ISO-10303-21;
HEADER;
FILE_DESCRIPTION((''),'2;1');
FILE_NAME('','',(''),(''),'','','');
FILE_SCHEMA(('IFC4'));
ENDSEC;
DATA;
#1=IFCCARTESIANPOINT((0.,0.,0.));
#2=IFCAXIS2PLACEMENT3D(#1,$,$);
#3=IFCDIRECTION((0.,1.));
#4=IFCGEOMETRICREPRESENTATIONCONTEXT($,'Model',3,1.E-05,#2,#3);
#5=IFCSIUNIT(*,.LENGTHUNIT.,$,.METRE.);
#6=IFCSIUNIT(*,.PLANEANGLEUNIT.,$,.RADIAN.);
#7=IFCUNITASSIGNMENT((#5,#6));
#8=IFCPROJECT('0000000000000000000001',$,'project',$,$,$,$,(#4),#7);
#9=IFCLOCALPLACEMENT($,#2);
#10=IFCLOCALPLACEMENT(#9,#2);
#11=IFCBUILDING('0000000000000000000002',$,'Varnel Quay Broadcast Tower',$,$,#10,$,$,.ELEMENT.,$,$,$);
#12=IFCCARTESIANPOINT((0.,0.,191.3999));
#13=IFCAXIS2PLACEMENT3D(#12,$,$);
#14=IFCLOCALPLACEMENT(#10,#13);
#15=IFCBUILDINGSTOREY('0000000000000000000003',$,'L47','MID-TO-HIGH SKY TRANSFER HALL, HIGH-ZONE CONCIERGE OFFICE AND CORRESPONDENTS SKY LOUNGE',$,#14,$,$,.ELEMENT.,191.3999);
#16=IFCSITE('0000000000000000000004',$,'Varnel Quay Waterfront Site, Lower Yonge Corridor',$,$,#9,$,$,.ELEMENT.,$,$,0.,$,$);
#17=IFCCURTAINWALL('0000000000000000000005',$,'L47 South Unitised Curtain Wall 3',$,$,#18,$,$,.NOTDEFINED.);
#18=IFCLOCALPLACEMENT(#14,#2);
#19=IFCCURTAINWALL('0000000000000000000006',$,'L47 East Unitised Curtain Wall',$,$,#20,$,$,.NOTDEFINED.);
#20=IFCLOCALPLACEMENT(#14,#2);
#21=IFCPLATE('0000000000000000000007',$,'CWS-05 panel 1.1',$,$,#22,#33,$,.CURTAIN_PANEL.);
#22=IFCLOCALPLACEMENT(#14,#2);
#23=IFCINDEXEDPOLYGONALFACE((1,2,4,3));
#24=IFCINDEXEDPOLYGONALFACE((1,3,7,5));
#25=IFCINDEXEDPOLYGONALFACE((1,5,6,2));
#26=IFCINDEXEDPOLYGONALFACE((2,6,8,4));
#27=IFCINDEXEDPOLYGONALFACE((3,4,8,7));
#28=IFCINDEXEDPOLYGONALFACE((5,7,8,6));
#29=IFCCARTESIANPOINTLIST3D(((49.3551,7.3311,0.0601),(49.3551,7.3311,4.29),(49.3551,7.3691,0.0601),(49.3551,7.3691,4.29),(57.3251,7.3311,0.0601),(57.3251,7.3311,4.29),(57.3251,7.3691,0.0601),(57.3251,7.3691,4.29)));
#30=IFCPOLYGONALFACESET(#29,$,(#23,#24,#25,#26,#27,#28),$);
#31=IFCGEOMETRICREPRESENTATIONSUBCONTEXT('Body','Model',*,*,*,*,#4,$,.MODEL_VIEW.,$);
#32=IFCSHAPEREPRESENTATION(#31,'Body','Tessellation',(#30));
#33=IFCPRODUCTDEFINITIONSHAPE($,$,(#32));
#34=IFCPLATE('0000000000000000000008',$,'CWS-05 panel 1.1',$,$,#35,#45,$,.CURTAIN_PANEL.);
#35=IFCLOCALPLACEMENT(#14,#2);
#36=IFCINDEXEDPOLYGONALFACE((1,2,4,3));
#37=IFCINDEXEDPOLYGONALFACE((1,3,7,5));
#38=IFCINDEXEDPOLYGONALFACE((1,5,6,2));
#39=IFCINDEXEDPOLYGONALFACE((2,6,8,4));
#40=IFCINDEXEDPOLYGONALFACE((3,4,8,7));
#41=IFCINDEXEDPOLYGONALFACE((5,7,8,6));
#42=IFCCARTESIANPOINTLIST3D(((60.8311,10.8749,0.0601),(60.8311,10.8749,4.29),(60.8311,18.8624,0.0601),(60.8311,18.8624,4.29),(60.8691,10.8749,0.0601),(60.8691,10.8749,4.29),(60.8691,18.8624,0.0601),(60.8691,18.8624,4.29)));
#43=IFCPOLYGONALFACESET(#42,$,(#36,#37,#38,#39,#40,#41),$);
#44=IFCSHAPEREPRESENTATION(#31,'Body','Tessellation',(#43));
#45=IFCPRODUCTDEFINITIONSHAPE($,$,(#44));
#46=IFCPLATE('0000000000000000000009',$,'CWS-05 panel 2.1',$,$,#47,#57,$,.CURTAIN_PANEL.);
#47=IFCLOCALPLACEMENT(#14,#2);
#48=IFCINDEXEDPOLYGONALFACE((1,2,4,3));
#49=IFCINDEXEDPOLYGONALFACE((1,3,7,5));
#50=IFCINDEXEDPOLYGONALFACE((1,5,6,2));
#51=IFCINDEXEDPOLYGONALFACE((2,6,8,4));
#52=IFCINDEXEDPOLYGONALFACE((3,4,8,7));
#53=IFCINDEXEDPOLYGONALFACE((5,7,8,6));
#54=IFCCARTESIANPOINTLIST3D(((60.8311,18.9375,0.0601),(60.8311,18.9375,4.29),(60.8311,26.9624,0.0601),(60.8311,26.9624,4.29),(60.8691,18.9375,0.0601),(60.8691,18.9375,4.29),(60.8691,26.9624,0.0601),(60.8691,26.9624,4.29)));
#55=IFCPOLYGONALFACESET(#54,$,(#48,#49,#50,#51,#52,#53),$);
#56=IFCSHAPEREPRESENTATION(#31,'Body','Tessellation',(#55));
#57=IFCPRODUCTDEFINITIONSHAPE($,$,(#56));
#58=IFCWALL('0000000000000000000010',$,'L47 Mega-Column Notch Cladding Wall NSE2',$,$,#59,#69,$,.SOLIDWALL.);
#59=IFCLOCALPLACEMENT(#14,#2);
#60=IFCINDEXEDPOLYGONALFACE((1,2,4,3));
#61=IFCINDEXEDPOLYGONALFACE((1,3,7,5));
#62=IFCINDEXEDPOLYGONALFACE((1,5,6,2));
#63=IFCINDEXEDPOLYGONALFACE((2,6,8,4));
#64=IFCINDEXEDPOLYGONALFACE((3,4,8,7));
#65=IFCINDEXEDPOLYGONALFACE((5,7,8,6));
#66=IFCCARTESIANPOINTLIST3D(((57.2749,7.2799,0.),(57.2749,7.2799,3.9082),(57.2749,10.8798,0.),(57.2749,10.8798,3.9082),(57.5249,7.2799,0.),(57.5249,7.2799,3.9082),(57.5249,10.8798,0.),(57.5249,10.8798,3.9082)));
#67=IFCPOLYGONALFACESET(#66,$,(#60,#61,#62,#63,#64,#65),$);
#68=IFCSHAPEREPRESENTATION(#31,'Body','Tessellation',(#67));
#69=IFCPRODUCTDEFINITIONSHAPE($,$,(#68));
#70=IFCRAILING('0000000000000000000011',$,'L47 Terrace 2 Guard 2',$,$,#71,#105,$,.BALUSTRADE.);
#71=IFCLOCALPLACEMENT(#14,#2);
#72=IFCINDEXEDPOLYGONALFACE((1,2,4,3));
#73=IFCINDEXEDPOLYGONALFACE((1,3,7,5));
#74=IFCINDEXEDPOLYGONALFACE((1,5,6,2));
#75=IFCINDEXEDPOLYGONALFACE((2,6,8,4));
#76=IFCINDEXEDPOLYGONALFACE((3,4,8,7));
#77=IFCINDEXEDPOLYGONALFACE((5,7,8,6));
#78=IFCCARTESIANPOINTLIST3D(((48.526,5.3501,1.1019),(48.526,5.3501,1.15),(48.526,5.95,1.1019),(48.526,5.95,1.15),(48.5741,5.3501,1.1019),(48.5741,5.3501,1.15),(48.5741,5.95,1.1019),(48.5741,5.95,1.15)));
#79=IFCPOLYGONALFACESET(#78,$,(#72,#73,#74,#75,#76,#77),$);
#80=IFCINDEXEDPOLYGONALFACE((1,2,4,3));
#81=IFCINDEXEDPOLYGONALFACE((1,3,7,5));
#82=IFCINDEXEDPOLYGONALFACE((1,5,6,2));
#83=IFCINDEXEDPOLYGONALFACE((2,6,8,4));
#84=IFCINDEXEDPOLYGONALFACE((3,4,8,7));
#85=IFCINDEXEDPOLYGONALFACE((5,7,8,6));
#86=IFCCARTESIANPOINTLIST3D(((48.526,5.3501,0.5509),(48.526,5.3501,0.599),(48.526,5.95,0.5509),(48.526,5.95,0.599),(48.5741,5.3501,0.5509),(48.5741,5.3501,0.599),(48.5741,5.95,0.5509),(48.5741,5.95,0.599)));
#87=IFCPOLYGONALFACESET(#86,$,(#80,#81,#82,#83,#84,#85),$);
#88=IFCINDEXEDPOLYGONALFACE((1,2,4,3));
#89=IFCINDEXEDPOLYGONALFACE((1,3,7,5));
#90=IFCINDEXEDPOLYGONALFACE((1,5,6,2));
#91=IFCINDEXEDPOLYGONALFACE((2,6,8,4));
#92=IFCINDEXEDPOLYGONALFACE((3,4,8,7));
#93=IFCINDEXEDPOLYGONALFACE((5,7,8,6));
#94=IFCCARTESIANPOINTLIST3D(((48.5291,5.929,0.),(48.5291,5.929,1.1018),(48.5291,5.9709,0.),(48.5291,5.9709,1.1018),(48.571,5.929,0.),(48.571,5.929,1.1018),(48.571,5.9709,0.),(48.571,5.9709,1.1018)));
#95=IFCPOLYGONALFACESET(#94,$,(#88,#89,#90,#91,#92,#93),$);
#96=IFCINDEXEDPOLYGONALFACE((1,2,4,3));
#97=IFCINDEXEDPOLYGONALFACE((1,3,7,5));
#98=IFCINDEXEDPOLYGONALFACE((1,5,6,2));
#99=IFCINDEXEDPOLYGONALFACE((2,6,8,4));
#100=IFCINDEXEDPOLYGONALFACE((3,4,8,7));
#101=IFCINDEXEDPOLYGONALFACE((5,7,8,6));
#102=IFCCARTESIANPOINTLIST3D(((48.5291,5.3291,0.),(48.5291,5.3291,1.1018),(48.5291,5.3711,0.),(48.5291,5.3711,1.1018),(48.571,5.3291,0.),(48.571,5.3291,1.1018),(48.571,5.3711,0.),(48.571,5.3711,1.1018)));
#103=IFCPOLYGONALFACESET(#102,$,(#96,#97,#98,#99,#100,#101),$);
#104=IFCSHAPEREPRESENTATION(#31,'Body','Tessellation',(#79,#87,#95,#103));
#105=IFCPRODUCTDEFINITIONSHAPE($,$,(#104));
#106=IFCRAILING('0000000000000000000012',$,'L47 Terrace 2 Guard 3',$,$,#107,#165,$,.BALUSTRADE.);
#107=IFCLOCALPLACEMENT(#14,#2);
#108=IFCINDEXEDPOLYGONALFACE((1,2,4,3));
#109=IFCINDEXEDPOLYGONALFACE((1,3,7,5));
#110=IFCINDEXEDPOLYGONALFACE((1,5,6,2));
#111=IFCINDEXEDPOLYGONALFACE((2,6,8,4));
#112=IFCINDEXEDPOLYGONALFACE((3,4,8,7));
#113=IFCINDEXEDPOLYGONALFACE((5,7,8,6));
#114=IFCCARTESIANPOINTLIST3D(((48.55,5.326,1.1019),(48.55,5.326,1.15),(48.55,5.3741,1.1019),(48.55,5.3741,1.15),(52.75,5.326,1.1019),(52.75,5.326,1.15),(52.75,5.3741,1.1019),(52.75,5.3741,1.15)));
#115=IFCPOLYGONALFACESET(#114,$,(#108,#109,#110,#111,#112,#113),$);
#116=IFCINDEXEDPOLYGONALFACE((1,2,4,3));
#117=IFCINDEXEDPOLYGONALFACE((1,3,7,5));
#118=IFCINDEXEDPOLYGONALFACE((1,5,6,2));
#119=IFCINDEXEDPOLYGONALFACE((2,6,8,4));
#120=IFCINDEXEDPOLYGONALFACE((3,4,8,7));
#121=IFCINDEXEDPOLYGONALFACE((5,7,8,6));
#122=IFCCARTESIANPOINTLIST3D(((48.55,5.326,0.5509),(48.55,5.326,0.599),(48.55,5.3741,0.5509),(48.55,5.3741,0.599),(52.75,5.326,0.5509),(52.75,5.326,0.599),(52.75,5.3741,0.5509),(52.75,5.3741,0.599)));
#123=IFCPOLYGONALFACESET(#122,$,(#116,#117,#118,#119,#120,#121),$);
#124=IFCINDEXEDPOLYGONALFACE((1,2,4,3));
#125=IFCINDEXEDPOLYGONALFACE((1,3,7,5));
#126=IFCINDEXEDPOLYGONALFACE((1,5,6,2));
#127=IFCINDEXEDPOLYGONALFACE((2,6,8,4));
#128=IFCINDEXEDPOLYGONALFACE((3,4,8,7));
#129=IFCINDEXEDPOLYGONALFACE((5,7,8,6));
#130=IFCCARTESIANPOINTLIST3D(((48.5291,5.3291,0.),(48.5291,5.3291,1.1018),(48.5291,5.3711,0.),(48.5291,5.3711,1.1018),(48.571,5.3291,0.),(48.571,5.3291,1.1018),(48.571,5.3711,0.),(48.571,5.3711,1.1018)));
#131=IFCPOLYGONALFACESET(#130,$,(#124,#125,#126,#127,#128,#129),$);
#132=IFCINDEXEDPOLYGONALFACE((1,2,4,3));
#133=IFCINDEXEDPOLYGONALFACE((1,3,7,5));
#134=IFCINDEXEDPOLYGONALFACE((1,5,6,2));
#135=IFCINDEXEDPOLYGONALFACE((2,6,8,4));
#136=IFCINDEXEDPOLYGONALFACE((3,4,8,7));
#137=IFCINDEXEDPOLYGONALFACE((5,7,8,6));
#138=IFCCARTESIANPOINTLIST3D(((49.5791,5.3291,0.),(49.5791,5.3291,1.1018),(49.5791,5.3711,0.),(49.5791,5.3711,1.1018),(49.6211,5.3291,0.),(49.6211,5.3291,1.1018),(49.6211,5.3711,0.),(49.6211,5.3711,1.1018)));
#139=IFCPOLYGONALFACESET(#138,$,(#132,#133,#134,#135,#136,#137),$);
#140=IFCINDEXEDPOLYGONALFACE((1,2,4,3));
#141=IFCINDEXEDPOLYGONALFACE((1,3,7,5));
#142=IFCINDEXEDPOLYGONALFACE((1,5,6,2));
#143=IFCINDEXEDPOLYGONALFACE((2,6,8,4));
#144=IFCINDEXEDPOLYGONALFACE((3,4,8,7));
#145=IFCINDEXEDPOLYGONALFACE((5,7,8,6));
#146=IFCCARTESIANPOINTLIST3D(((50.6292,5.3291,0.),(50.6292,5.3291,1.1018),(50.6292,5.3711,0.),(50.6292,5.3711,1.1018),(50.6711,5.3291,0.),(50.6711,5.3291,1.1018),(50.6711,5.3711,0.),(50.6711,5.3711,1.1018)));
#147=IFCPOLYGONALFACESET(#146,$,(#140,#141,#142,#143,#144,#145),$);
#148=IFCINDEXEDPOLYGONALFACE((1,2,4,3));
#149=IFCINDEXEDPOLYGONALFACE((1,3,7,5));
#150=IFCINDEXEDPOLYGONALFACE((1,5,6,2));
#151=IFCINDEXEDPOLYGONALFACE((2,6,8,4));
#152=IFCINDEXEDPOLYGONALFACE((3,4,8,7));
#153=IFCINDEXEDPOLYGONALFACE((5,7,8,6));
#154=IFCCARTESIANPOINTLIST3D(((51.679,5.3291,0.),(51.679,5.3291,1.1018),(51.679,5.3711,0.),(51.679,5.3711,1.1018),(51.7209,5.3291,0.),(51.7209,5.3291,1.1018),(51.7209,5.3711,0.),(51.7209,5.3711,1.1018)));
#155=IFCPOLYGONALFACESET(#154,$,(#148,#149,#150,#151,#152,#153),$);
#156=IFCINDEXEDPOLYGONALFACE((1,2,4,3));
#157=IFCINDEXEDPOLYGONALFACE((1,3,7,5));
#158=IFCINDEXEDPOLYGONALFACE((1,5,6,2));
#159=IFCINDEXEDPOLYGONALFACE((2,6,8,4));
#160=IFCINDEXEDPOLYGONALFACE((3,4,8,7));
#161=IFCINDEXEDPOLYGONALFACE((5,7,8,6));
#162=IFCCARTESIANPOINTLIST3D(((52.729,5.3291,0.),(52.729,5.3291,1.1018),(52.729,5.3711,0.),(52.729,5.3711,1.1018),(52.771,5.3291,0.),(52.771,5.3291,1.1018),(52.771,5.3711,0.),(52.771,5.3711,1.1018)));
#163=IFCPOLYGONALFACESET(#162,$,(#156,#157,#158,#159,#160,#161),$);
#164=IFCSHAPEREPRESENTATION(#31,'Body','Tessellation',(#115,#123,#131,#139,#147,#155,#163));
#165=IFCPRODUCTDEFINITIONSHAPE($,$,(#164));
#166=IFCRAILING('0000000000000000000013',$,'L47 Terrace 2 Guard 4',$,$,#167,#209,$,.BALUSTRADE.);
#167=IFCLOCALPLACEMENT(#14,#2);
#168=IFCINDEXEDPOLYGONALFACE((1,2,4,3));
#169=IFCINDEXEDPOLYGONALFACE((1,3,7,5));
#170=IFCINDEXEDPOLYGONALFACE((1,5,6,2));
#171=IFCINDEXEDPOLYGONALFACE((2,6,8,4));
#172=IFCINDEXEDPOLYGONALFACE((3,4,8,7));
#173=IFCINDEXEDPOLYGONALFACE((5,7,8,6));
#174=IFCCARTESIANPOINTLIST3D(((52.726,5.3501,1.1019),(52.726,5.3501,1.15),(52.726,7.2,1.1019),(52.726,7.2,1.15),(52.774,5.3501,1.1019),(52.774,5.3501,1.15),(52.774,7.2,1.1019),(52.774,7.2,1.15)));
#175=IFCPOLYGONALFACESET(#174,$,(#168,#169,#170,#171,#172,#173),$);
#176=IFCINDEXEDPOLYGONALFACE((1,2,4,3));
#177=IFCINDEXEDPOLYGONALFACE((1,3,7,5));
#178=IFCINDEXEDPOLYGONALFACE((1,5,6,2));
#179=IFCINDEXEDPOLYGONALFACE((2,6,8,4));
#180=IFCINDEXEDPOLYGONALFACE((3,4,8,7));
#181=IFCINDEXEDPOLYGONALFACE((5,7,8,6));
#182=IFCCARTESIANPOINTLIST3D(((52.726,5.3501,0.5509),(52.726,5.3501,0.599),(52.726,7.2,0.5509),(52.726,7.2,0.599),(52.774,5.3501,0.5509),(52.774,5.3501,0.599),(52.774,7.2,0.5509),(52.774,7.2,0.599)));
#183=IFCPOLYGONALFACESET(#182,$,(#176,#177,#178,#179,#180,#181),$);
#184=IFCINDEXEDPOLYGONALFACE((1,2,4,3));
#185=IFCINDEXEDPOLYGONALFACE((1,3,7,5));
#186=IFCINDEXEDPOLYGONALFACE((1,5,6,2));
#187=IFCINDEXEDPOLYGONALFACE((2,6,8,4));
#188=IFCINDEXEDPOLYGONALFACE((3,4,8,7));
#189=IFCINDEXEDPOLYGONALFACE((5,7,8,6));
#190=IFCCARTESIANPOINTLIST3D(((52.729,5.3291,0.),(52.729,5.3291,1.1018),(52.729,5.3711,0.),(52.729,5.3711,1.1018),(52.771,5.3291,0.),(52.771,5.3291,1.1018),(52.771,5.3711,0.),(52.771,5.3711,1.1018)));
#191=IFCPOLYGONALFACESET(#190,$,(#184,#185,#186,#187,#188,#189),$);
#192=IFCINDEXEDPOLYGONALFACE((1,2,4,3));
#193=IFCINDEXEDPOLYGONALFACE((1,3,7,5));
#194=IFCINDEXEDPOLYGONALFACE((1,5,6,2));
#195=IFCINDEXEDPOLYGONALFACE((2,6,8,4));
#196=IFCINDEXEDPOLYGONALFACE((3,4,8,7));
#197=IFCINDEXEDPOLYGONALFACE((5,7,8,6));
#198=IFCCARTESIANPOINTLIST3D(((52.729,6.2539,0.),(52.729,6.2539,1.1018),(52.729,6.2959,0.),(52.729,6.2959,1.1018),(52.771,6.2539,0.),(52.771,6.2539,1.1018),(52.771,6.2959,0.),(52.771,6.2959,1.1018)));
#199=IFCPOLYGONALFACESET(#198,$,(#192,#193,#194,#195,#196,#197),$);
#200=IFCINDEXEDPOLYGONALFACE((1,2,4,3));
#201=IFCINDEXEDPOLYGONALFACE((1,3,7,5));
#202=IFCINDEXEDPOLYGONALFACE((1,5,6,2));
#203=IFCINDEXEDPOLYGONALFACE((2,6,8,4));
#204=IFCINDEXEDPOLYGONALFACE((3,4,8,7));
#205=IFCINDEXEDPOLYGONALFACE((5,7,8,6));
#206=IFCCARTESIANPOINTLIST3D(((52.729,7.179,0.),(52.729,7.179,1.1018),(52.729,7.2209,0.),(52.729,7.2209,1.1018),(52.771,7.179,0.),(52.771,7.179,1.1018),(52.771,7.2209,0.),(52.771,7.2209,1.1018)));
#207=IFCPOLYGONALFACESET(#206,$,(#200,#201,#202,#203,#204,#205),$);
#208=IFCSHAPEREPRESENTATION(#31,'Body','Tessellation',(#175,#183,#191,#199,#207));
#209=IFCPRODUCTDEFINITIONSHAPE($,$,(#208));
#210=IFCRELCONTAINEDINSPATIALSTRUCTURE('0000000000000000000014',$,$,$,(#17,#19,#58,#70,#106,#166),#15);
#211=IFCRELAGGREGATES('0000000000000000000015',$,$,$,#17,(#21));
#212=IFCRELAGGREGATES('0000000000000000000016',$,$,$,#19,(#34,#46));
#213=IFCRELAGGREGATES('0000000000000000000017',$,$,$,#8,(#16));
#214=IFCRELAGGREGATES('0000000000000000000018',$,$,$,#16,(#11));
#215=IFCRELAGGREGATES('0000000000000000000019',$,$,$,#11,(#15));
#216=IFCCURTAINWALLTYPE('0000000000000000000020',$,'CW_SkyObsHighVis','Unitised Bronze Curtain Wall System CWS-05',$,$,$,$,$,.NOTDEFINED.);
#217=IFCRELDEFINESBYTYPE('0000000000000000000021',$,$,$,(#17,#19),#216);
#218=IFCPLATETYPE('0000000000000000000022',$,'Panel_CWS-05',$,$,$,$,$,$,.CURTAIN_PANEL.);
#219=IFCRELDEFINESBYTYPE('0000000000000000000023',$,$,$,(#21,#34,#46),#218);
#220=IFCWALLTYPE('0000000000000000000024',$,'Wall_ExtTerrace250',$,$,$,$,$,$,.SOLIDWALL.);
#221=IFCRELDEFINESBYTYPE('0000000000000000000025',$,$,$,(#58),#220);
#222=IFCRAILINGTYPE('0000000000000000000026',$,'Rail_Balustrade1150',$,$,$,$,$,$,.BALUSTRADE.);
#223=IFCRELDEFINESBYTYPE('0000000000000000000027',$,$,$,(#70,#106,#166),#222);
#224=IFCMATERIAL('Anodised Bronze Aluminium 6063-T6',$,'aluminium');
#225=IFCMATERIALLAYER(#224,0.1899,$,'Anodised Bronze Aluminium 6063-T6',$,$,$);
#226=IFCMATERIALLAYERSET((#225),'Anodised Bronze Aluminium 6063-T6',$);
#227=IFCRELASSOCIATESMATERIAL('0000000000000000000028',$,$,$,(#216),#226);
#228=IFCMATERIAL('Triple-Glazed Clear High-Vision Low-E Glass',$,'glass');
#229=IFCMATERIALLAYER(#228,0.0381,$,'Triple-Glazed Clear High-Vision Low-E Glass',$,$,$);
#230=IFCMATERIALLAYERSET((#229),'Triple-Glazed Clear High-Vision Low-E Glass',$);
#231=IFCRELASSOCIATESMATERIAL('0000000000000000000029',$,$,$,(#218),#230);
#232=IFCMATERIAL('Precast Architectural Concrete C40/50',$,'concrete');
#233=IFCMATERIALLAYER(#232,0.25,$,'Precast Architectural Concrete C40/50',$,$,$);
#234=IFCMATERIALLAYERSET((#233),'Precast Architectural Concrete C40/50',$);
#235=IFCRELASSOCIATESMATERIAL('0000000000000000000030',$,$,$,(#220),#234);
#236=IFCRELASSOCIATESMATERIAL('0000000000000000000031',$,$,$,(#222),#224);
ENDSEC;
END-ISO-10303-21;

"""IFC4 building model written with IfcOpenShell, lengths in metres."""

from ifc_helpers import new_model, si_unit, direction, frame, frame_2d, origin, origin_2d, place, context, subcontext, project, spatial, rectangle, extrude, source, transform, mapped, material, layer, layer_set, type_object, type_shapes, element, aggregate, save


model = new_model("IFC4")

# Units and contexts
model_context = context("Model", 3, precision=1e-05, world=origin(), true_north=direction((0.0, 1.0)))
body_context = subcontext(model_context, "Body", "Model", "MODEL_VIEW")
ifc_project = project(units=[si_unit("LENGTHUNIT", "METRE"), si_unit("PLANEANGLEUNIT", "RADIAN")], contexts=[model_context])

# Site, building, storey
site_placement = place(None, origin())
site = spatial("IfcSite", under=ifc_project, at=site_placement, Name="Varnel Quay Waterfront Site, Lower Yonge Corridor", CompositionType="ELEMENT", RefElevation=0.0)
building_placement = place(site_placement, origin())
building = spatial("IfcBuilding", under=site, at=building_placement, Name="Varnel Quay Broadcast Tower", CompositionType="ELEMENT")
storey_placement = place(building_placement, frame((0.0, 0.0, 191.3999)))
storey = spatial("IfcBuildingStorey", under=building, at=storey_placement, Name="L47", Description="MID-TO-HIGH SKY TRANSFER HALL, HIGH-ZONE CONCIERGE OFFICE AND CORRESPONDENTS SKY LOUNGE", CompositionType="ELEMENT", Elevation=191.3999)

# Curtain walls
ifc_material_1 = material(Name="Anodised Bronze Aluminium 6063-T6", Category="aluminium")
ifc_layer_1 = layer(ifc_material_1, 0.1899, Name="Anodised Bronze Aluminium 6063-T6")
ifc_layer_set_1 = layer_set([ifc_layer_1], Name="Anodised Bronze Aluminium 6063-T6")
curtain_wall_type_1 = type_object("IfcCurtainWallType", Name="CW_SkyObsHighVis", Description="Unitised Bronze Curtain Wall System CWS-05", PredefinedType="NOTDEFINED", material=ifc_layer_set_1)
curtain_wall_1_placement = place(storey_placement, origin())
curtain_wall_1 = element("IfcCurtainWall", 1, at=curtain_wall_1_placement, inside=storey, type_object=curtain_wall_type_1, Name="L47 South Unitised Curtain Wall 3", PredefinedType="NOTDEFINED")
curtain_wall_2_placement = place(storey_placement, origin())
curtain_wall_2 = element("IfcCurtainWall", 2, at=curtain_wall_2_placement, inside=storey, type_object=curtain_wall_type_1, Name="L47 East Unitised Curtain Wall", PredefinedType="NOTDEFINED")

# Plates
ifc_material_2 = material(Name="Triple-Glazed Clear High-Vision Low-E Glass", Category="glass")
ifc_layer_2 = layer(ifc_material_2, 0.0381, Name="Triple-Glazed Clear High-Vision Low-E Glass")
ifc_layer_set_2 = layer_set([ifc_layer_2], Name="Triple-Glazed Clear High-Vision Low-E Glass")
plate_type_1 = type_object("IfcPlateType", Name="Panel_CWS-05", PredefinedType="CURTAIN_PANEL", material=ifc_layer_set_2)
shared_shape_1 = source(origin(), body_context, "Body", "SweptSolid", [
    extrude(rectangle(XDim=7.97, YDim=0.0381, at=origin_2d()), origin(), (0.0, 0.0, 1.0), 4.23),
])
plate_1_placement = place(storey_placement, frame((53.3401, 7.3501, 0.0601), z_axis=(0.0, 0.0, 1.0), x_axis=(1.0, 0.0, 0.0)))
plate_1 = element("IfcPlate", 3, at=plate_1_placement, type_object=plate_type_1, Name="CWS-05 panel 1.1", PredefinedType="CURTAIN_PANEL", context=body_context, shape_type="MappedRepresentation", body=[
    mapped(shared_shape_1, transform((0.0, 0.0, 0.0), x_axis=(1.0, 0.0, 0.0), y_axis=(0.0, 1.0, 0.0), z_axis=(0.0, 0.0, 1.0), scale=1.0)),
])
aggregate(curtain_wall_1, [plate_1])
shared_shape_2 = source(origin(), body_context, "Body", "SweptSolid", [
    extrude(rectangle(XDim=7.9875, YDim=0.0381, at=origin_2d()), origin(), (0.0, 0.0, 1.0), 4.23),
])
plate_2_placement = place(storey_placement, frame((60.8501, 14.8687, 0.0601), z_axis=(0.0, 0.0, 1.0), x_axis=(0.0, 1.0, 0.0)))
plate_2 = element("IfcPlate", 4, at=plate_2_placement, type_object=plate_type_1, Name="CWS-05 panel 1.1", PredefinedType="CURTAIN_PANEL", context=body_context, shape_type="MappedRepresentation", body=[
    mapped(shared_shape_2, transform((0.0, 0.0, 0.0), x_axis=(1.0, 0.0, 0.0), y_axis=(0.0, 1.0, 0.0), z_axis=(0.0, 0.0, 1.0), scale=1.0)),
])
shared_shape_3 = source(origin(), body_context, "Body", "SweptSolid", [
    extrude(rectangle(XDim=8.0249, YDim=0.0381, at=origin_2d()), origin(), (0.0, 0.0, 1.0), 4.23),
])
type_shapes(plate_type_1, [shared_shape_1, shared_shape_2, shared_shape_3])
plate_3_placement = place(storey_placement, frame((60.8501, 22.95, 0.0601), z_axis=(0.0, 0.0, 1.0), x_axis=(0.0, 1.0, 0.0)))
plate_3 = element("IfcPlate", 5, at=plate_3_placement, type_object=plate_type_1, Name="CWS-05 panel 2.1", PredefinedType="CURTAIN_PANEL", context=body_context, shape_type="MappedRepresentation", body=[
    mapped(shared_shape_3, transform((0.0, 0.0, 0.0), x_axis=(1.0, 0.0, 0.0), y_axis=(0.0, 1.0, 0.0), z_axis=(0.0, 0.0, 1.0), scale=1.0)),
])
aggregate(curtain_wall_2, [plate_2, plate_3])

# Wall
ifc_material_3 = material(Name="Precast Architectural Concrete C40/50", Category="concrete")
ifc_layer_3 = layer(ifc_material_3, 0.25, Name="Precast Architectural Concrete C40/50")
ifc_layer_set_3 = layer_set([ifc_layer_3], Name="Precast Architectural Concrete C40/50")
wall_type = type_object("IfcWallType", Name="Wall_ExtTerrace250", PredefinedType="SOLIDWALL", material=ifc_layer_set_3)
wall_placement = place(storey_placement, frame((57.3999, 7.28, 0.0), z_axis=(0.0, 0.0, 1.0), x_axis=(0.0, 1.0, 0.0)))
element("IfcWall", 6, at=wall_placement, inside=storey, type_object=wall_type, Name="L47 Mega-Column Notch Cladding Wall NSE2", PredefinedType="SOLIDWALL", context=body_context, shape_type="SweptSolid", body=[
    extrude(rectangle(XDim=3.5999, YDim=0.25, at=frame_2d((1.7998, 0.0))), origin(), (0.0, 0.0, 1.0), 3.9082),
])

# Railings
railing_type = type_object("IfcRailingType", Name="Rail_Balustrade1150", PredefinedType="BALUSTRADE", material=ifc_material_1)
railing_1_placement = place(storey_placement, frame((48.55, 5.95, 0.0)))
element("IfcRailing", 7, at=railing_1_placement, inside=storey, type_object=railing_type, Name="L47 Terrace 2 Guard 2", PredefinedType="BALUSTRADE", context=body_context, shape_type="SweptSolid", body=[
    extrude(rectangle(XDim=0.0481, YDim=0.0481, at=origin_2d()), frame((0.0, 0.0, 1.126), z_axis=(0.0, -1.0, 0.0), x_axis=(1.0, 0.0, 0.0)), (0.0, 0.0, 1.0), 0.5999),
    extrude(rectangle(XDim=0.0481, YDim=0.0481, at=origin_2d()), frame((0.0, 0.0, 0.575), z_axis=(0.0, -1.0, 0.0), x_axis=(1.0, 0.0, 0.0)), (0.0, 0.0, 1.0), 0.5999),
    extrude(rectangle(XDim=0.042, YDim=0.042, at=origin_2d()), origin(), (0.0, 0.0, 1.0), 1.1018),
    extrude(rectangle(XDim=0.042, YDim=0.042, at=origin_2d()), frame((0.0, -0.5999, 0.0)), (0.0, 0.0, 1.0), 1.1018),
])
railing_2_placement = place(storey_placement, frame((48.55, 5.3501, 0.0)))
element("IfcRailing", 8, at=railing_2_placement, inside=storey, type_object=railing_type, Name="L47 Terrace 2 Guard 3", PredefinedType="BALUSTRADE", context=body_context, shape_type="SweptSolid", body=[
    extrude(rectangle(XDim=0.0481, YDim=0.0481, at=origin_2d()), frame((0.0, 0.0, 1.126), z_axis=(1.0, 0.0, 0.0), x_axis=(0.0, 1.0, 0.0)), (0.0, 0.0, 1.0), 4.2),
    extrude(rectangle(XDim=0.0481, YDim=0.0481, at=origin_2d()), frame((0.0, 0.0, 0.575), z_axis=(1.0, 0.0, 0.0), x_axis=(0.0, 1.0, 0.0)), (0.0, 0.0, 1.0), 4.2),
    extrude(rectangle(XDim=0.042, YDim=0.042, at=origin_2d()), origin(), (0.0, 0.0, 1.0), 1.1018),
    extrude(rectangle(XDim=0.042, YDim=0.042, at=origin_2d()), frame((1.05, 0.0, 0.0)), (0.0, 0.0, 1.0), 1.1018),
    extrude(rectangle(XDim=0.042, YDim=0.042, at=origin_2d()), frame((2.1001, 0.0, 0.0)), (0.0, 0.0, 1.0), 1.1018),
    extrude(rectangle(XDim=0.042, YDim=0.042, at=origin_2d()), frame((3.1499, 0.0, 0.0)), (0.0, 0.0, 1.0), 1.1018),
    extrude(rectangle(XDim=0.042, YDim=0.042, at=origin_2d()), frame((4.2, 0.0, 0.0)), (0.0, 0.0, 1.0), 1.1018),
])
railing_3_placement = place(storey_placement, frame((52.75, 5.3501, 0.0)))
element("IfcRailing", 9, at=railing_3_placement, inside=storey, type_object=railing_type, Name="L47 Terrace 2 Guard 4", PredefinedType="BALUSTRADE", context=body_context, shape_type="SweptSolid", body=[
    extrude(rectangle(XDim=0.0481, YDim=0.0481, at=origin_2d()), frame((0.0, 0.0, 1.126), z_axis=(0.0, 1.0, 0.0), x_axis=(-1.0, 0.0, 0.0)), (0.0, 0.0, 1.0), 1.8499),
    extrude(rectangle(XDim=0.0481, YDim=0.0481, at=origin_2d()), frame((0.0, 0.0, 0.575), z_axis=(0.0, 1.0, 0.0), x_axis=(-1.0, 0.0, 0.0)), (0.0, 0.0, 1.0), 1.8499),
    extrude(rectangle(XDim=0.042, YDim=0.042, at=origin_2d()), origin(), (0.0, 0.0, 1.0), 1.1018),
    extrude(rectangle(XDim=0.042, YDim=0.042, at=origin_2d()), frame((0.0, 0.9248, 0.0)), (0.0, 0.0, 1.0), 1.1018),
    extrude(rectangle(XDim=0.042, YDim=0.042, at=origin_2d()), frame((0.0, 1.8499, 0.0)), (0.0, 0.0, 1.0), 1.1018),
])

save(model, "model.ifc")
